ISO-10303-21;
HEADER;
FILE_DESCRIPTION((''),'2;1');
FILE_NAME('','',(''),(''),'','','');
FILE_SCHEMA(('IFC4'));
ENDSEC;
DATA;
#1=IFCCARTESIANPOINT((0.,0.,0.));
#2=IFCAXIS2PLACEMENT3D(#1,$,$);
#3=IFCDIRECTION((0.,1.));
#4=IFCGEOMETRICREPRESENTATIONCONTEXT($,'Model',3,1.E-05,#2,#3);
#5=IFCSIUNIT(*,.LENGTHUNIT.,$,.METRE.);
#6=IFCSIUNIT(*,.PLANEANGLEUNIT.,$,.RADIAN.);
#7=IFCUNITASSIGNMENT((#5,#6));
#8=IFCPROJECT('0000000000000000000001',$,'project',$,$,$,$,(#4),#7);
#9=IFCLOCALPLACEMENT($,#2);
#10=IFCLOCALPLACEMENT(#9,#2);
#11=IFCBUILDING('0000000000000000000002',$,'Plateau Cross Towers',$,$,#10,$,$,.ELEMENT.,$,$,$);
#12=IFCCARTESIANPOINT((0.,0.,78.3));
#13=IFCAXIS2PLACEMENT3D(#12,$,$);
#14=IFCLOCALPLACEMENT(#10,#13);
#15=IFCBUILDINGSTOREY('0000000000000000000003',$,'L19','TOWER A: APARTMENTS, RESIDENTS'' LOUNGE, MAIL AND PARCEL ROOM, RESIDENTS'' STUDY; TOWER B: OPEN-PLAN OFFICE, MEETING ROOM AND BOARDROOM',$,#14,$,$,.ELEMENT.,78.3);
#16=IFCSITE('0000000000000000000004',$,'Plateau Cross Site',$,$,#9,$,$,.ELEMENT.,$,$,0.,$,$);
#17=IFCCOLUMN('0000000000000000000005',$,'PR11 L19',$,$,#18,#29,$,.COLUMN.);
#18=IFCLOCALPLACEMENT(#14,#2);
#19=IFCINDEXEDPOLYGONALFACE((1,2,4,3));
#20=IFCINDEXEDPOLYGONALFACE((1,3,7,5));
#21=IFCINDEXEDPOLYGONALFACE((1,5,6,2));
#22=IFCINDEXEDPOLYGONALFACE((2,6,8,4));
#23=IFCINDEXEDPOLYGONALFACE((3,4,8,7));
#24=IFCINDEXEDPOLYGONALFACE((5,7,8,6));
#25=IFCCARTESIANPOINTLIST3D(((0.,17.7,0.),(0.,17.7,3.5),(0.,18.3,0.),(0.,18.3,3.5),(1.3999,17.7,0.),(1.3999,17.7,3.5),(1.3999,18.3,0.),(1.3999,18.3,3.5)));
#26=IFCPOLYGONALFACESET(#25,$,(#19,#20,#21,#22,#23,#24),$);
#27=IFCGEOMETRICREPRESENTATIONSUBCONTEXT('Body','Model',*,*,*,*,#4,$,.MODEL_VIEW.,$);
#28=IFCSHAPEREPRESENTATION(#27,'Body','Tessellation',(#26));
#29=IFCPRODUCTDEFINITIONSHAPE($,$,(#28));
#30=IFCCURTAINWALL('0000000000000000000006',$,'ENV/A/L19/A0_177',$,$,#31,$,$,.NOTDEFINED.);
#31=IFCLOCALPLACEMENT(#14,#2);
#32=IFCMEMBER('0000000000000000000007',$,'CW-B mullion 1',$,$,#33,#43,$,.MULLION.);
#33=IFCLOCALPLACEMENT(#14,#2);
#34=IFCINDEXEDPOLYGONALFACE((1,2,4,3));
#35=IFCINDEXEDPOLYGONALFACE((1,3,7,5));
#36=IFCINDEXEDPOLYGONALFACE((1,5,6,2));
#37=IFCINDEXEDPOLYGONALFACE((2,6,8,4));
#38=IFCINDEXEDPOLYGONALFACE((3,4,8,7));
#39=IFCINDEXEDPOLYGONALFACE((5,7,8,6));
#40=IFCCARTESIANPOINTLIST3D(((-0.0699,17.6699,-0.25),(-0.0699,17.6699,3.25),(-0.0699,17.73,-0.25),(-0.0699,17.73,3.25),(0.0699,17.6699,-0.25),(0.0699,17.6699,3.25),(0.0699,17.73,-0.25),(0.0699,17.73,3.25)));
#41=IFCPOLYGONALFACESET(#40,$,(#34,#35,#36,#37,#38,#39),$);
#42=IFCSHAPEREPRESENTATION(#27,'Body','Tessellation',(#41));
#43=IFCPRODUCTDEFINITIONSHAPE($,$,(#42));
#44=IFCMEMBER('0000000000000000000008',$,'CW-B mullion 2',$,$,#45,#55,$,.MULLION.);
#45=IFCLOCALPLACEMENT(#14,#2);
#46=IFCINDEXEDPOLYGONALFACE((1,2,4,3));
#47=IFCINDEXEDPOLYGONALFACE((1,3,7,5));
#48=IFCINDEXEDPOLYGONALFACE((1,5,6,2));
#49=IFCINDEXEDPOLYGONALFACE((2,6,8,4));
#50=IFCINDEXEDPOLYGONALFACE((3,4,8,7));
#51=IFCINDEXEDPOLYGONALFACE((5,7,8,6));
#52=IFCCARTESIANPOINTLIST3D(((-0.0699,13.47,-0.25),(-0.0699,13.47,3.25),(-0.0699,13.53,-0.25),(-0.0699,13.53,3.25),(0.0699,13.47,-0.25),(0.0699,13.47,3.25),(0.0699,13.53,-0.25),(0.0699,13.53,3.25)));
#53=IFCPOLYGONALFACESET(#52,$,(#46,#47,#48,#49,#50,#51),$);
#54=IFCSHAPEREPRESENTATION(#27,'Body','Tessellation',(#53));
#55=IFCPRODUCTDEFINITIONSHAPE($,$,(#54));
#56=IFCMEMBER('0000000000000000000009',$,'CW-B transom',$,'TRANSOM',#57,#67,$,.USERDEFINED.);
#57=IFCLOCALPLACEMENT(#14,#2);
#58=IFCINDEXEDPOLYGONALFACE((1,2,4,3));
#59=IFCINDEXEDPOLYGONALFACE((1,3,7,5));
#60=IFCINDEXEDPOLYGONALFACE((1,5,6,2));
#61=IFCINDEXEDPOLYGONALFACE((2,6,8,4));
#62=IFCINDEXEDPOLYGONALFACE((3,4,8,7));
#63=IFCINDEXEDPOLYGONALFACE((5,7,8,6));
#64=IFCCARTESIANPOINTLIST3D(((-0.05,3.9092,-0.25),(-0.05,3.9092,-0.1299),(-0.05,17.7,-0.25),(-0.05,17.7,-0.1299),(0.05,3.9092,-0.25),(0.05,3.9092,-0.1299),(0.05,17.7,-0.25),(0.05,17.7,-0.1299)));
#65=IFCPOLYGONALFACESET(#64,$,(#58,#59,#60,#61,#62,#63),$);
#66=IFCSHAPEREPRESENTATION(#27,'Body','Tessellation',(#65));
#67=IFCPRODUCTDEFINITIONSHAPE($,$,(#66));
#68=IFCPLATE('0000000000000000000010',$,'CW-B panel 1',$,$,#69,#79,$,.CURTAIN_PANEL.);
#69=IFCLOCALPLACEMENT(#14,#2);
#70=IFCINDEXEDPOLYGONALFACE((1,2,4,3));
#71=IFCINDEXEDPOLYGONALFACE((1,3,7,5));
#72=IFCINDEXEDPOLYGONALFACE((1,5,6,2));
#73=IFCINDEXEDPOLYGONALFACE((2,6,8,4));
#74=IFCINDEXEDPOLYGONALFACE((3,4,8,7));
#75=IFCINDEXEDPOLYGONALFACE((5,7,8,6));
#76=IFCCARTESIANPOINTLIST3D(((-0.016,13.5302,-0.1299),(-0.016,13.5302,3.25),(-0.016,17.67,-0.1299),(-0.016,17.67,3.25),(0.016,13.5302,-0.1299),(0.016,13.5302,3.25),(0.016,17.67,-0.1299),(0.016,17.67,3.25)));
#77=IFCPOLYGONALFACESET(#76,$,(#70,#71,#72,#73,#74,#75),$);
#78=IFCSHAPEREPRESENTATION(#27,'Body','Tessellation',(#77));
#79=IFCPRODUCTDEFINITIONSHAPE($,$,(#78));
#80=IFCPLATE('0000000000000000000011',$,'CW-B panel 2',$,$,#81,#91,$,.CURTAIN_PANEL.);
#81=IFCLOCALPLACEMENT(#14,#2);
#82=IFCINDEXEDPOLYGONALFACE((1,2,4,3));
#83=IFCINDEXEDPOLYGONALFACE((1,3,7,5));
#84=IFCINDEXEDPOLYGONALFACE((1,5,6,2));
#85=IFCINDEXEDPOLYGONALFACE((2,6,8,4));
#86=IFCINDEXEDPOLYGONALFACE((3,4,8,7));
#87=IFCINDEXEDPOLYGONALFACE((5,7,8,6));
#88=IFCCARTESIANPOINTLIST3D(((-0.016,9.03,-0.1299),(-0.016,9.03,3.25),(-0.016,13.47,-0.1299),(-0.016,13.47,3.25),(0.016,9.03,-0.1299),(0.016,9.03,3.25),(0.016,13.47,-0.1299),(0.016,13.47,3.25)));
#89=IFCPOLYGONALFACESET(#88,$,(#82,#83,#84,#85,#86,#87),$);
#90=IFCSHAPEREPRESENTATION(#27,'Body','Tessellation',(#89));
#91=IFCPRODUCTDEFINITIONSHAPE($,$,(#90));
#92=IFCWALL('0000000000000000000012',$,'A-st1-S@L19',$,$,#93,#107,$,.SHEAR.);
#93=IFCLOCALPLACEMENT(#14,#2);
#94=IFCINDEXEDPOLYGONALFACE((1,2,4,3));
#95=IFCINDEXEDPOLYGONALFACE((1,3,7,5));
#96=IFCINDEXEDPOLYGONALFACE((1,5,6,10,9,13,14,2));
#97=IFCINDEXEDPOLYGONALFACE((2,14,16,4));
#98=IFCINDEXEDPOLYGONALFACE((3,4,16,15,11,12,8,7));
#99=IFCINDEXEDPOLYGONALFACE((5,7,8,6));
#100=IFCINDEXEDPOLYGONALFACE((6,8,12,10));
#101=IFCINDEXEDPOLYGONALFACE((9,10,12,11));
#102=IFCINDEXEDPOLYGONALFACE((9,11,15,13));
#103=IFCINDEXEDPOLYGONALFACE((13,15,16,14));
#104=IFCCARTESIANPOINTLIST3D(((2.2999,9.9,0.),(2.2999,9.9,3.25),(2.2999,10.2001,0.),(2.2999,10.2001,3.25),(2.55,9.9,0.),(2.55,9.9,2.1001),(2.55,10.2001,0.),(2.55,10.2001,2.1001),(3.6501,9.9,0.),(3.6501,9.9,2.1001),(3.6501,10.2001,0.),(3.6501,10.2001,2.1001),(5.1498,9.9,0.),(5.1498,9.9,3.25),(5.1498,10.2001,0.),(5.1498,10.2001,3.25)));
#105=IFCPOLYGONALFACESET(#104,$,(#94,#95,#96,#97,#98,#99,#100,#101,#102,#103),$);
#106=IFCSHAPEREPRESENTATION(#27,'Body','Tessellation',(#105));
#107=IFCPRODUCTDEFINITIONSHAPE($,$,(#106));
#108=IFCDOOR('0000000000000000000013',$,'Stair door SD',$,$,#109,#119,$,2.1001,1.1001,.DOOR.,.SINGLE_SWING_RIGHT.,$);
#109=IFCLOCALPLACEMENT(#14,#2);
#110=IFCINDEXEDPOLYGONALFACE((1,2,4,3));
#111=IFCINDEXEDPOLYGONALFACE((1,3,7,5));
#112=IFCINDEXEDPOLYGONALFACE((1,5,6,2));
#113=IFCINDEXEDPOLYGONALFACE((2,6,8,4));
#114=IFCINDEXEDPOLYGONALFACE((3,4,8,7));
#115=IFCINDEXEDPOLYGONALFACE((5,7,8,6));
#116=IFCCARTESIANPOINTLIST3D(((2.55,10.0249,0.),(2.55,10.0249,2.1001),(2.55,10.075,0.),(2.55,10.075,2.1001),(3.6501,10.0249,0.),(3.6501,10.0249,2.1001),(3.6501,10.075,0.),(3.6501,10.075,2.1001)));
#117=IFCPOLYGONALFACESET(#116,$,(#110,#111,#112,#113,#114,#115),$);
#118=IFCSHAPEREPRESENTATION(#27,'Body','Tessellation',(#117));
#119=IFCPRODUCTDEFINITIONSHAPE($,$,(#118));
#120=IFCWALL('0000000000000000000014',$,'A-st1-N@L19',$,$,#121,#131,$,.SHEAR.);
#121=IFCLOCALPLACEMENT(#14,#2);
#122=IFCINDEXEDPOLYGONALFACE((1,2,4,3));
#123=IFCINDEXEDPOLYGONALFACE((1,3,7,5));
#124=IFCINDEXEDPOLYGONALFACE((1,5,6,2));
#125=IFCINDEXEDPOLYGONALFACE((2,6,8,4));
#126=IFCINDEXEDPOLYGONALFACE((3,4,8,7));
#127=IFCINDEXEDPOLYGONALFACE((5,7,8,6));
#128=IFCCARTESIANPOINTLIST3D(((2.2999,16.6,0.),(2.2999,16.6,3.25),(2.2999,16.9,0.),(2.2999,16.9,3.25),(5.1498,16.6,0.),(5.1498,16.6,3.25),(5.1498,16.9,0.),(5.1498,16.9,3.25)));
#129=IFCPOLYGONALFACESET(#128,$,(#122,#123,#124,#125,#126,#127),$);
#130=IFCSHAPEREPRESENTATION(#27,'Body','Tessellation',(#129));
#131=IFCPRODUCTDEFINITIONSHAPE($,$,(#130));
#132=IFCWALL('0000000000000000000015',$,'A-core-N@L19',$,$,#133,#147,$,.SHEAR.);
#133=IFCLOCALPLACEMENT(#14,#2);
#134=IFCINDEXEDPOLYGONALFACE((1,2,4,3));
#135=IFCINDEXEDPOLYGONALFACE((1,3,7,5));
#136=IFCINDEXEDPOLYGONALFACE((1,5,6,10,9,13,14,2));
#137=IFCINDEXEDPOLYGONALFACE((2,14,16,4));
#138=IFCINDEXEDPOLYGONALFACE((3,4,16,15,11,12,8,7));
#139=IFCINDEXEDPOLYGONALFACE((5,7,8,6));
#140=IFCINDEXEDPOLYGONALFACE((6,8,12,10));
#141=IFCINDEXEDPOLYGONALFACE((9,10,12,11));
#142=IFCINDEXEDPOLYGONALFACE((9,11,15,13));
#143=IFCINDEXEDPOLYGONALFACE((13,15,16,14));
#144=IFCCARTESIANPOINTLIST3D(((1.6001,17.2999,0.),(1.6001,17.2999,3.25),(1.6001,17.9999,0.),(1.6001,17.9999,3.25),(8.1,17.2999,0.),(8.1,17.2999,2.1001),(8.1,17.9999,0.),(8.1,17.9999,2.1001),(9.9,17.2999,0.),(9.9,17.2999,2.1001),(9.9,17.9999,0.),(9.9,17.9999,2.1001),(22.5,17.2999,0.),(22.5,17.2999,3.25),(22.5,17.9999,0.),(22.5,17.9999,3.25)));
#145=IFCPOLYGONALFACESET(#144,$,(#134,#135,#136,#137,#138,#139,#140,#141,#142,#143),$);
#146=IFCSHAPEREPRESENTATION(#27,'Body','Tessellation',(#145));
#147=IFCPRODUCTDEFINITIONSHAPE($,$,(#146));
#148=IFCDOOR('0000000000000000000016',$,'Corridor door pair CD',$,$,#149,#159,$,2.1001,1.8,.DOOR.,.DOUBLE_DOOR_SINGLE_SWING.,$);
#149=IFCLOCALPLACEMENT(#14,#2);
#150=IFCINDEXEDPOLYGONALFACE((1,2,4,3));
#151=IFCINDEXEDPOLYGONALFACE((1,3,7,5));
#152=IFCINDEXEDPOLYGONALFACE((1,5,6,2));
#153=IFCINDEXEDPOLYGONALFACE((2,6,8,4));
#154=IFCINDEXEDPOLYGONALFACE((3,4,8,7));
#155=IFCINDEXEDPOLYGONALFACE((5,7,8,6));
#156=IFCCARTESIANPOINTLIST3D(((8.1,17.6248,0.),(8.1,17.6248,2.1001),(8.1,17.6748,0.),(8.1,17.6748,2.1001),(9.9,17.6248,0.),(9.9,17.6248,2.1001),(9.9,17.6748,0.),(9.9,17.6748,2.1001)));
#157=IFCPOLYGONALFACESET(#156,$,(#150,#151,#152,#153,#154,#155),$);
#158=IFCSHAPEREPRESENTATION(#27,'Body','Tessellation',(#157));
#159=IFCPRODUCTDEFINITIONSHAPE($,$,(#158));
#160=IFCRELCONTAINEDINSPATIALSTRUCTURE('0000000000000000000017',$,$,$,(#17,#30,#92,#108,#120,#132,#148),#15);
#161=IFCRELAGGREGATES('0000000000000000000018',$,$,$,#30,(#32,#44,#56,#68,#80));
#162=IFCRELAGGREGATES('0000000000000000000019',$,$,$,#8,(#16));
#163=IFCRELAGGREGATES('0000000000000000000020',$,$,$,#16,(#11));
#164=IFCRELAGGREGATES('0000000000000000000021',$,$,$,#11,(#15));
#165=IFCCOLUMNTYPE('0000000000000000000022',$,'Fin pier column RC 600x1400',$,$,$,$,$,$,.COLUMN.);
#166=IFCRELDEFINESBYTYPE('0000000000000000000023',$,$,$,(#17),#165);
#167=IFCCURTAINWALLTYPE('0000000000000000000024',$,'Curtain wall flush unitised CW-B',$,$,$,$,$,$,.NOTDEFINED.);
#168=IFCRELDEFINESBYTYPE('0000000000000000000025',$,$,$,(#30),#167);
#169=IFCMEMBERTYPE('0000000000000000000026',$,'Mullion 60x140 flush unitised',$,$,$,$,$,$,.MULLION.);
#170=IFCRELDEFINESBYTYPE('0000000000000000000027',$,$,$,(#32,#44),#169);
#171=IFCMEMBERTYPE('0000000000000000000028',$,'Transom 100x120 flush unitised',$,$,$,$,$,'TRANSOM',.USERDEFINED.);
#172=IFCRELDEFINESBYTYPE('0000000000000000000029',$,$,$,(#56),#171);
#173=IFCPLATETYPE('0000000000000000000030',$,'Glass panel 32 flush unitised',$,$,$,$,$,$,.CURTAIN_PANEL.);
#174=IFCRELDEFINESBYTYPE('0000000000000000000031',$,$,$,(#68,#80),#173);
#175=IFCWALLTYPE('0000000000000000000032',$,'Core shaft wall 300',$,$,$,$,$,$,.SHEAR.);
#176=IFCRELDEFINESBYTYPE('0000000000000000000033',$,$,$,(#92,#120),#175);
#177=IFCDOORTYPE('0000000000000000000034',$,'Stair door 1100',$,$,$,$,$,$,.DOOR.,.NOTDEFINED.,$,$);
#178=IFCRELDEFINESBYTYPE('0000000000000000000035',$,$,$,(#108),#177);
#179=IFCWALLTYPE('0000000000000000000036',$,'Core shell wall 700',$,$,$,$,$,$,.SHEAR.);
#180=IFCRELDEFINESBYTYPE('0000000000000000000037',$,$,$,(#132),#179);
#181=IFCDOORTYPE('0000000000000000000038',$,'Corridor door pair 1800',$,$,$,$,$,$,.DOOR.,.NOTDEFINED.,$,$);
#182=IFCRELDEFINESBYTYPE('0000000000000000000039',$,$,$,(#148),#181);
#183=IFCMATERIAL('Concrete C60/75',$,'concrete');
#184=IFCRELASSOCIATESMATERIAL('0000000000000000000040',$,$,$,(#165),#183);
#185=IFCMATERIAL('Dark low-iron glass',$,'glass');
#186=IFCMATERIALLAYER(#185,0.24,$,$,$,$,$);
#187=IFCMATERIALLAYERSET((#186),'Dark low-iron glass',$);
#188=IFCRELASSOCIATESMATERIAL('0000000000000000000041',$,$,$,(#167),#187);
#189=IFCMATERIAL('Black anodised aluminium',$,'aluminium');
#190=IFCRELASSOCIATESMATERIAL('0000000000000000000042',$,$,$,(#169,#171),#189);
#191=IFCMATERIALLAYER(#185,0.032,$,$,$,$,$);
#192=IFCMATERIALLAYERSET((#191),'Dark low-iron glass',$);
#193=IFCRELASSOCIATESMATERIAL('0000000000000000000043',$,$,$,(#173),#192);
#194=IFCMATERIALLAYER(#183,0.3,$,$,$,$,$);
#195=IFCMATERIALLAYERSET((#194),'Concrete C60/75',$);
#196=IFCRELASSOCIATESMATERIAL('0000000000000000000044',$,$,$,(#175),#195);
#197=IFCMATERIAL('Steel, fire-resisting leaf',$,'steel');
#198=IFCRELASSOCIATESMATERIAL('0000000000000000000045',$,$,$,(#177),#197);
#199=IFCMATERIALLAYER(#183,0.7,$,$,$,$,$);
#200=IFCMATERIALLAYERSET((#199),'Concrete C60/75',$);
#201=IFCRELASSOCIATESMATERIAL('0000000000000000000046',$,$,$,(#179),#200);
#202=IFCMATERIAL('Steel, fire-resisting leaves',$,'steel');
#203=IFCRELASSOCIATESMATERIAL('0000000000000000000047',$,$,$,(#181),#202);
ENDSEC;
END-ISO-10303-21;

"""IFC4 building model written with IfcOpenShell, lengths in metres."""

from ifc_helpers import new_model, si_unit, direction, frame, frame_2d, origin, origin_2d, place, context, subcontext, project, spatial, rectangle, extrude, material, layer, layer_set, material_profile, profile_set, type_object, element, fill, aggregate, save


model = new_model("IFC4")

# Units and contexts
model_context = context("Model", 3, precision=1e-05, world=origin(), true_north=direction((0.0, 1.0)))
body_context = subcontext(model_context, "Body", "Model", "MODEL_VIEW")
ifc_project = project(units=[si_unit("LENGTHUNIT", "METRE"), si_unit("PLANEANGLEUNIT", "RADIAN")], contexts=[model_context])

# Site, building, storey
site_placement = place(None, origin())
site = spatial("IfcSite", under=ifc_project, at=site_placement, Name="Plateau Cross Site", CompositionType="ELEMENT", RefElevation=0.0)
building_placement = place(site_placement, origin())
building = spatial("IfcBuilding", under=site, at=building_placement, Name="Plateau Cross Towers", CompositionType="ELEMENT")
storey_placement = place(building_placement, frame((0.0, 0.0, 78.3)))
storey = spatial("IfcBuildingStorey", under=building, at=storey_placement, Name="L19", Description="TOWER A: APARTMENTS, RESIDENTS' LOUNGE, MAIL AND PARCEL ROOM, RESIDENTS' STUDY; TOWER B: OPEN-PLAN OFFICE, MEETING ROOM AND BOARDROOM", CompositionType="ELEMENT", Elevation=78.3)

# Column
ifc_material_1 = material(Name="Concrete C60/75", Category="concrete")
ifc_material_profile_1 = material_profile(ifc_material_1, rectangle(XDim=0.6001, YDim=1.3999, at=origin_2d()), Name="RC 600x1400")
ifc_profile_set_1 = profile_set([ifc_material_profile_1], Name="Concrete C60/75")
column_type = type_object("IfcColumnType", Name="Fin pier column RC 600x1400", PredefinedType="COLUMN", material=ifc_profile_set_1)
column_placement = place(storey_placement, frame((0.7, 18.0, 0.0), z_axis=(0.0, 0.0, 1.0), x_axis=(0.0, 1.0, 0.0)))
element("IfcColumn", 1, at=column_placement, inside=storey, type_object=column_type, Name="PR11 L19", PredefinedType="COLUMN", context=body_context, shape_type="SweptSolid", body=[
    extrude(rectangle(XDim=0.6001, YDim=1.3999, at=origin_2d()), origin(), (0.0, 0.0, 1.0), 3.5),
])

# Curtain wall, members, plates
ifc_material_2 = material(Name="Dark low-iron glass", Category="glass")
ifc_layer_1 = layer(ifc_material_2, 0.24)
ifc_layer_set_1 = layer_set([ifc_layer_1], Name="Dark low-iron glass")
curtain_wall_type = type_object("IfcCurtainWallType", Name="Curtain wall flush unitised CW-B", PredefinedType="NOTDEFINED", material=ifc_layer_set_1)
curtain_wall_placement = place(storey_placement, origin())
curtain_wall = element("IfcCurtainWall", 2, at=curtain_wall_placement, inside=storey, type_object=curtain_wall_type, Name="ENV/A/L19/A0_177", PredefinedType="NOTDEFINED")
ifc_material_3 = material(Name="Black anodised aluminium", Category="aluminium")
ifc_material_profile_2 = material_profile(ifc_material_3, rectangle(XDim=0.0601, YDim=0.1399, at=origin_2d()), Name="MULLION 60x140")
ifc_profile_set_2 = profile_set([ifc_material_profile_2], Name="Black anodised aluminium")
member_type_1 = type_object("IfcMemberType", Name="Mullion 60x140 flush unitised", PredefinedType="MULLION", material=ifc_profile_set_2)
member_1_placement = place(storey_placement, frame((0.0, 17.7, -0.25), z_axis=(0.0, 0.0, 1.0), x_axis=(0.0, -1.0, 0.0)))
member_1 = element("IfcMember", 3, at=member_1_placement, type_object=member_type_1, Name="CW-B mullion 1", PredefinedType="MULLION", context=body_context, shape_type="SweptSolid", body=[
    extrude(rectangle(XDim=0.0601, YDim=0.1399, at=origin_2d()), origin(), (0.0, 0.0, 1.0), 3.5),
])
member_2_placement = place(storey_placement, frame((0.0, 13.5, -0.25), z_axis=(0.0, 0.0, 1.0), x_axis=(0.0, -1.0, 0.0)))
member_2 = element("IfcMember", 4, at=member_2_placement, type_object=member_type_1, Name="CW-B mullion 2", PredefinedType="MULLION", context=body_context, shape_type="SweptSolid", body=[
    extrude(rectangle(XDim=0.0601, YDim=0.1399, at=origin_2d()), origin(), (0.0, 0.0, 1.0), 3.5),
])
ifc_material_profile_3 = material_profile(ifc_material_3, rectangle(XDim=0.1001, YDim=0.1201, at=origin_2d()), Name="TRANSOM 100x120")
ifc_profile_set_3 = profile_set([ifc_material_profile_3], Name="Black anodised aluminium")
member_type_2 = type_object("IfcMemberType", Name="Transom 100x120 flush unitised", ElementType="TRANSOM", PredefinedType="USERDEFINED", material=ifc_profile_set_3)
member_3_placement = place(storey_placement, frame((0.0, 17.7, -0.1899), z_axis=(0.0, -1.0, 0.0), x_axis=(1.0, 0.0, 0.0)))
member_3 = element("IfcMember", 5, at=member_3_placement, type_object=member_type_2, Name="CW-B transom", ObjectType="TRANSOM", PredefinedType="USERDEFINED", context=body_context, shape_type="SweptSolid", body=[
    extrude(rectangle(XDim=0.1001, YDim=0.1201, at=origin_2d()), origin(), (0.0, 0.0, 1.0), 13.7908),
])
ifc_layer_2 = layer(ifc_material_2, 0.032)
ifc_layer_set_2 = layer_set([ifc_layer_2], Name="Dark low-iron glass")
plate_type = type_object("IfcPlateType", Name="Glass panel 32 flush unitised", PredefinedType="CURTAIN_PANEL", material=ifc_layer_set_2)
plate_1_placement = place(storey_placement, frame((0.0, 15.6001, -0.1299), z_axis=(0.0, 0.0, 1.0), x_axis=(0.0, -1.0, 0.0)))
plate_1 = element("IfcPlate", 6, at=plate_1_placement, type_object=plate_type, Name="CW-B panel 1", PredefinedType="CURTAIN_PANEL", context=body_context, shape_type="SweptSolid", body=[
    extrude(rectangle(XDim=4.1399, YDim=0.032, at=origin_2d()), origin(), (0.0, 0.0, 1.0), 3.3799),
])
plate_2_placement = place(storey_placement, frame((0.0, 11.25, -0.1299), z_axis=(0.0, 0.0, 1.0), x_axis=(0.0, -1.0, 0.0)))
plate_2 = element("IfcPlate", 7, at=plate_2_placement, type_object=plate_type, Name="CW-B panel 2", PredefinedType="CURTAIN_PANEL", context=body_context, shape_type="SweptSolid", body=[
    extrude(rectangle(XDim=4.4399, YDim=0.032, at=origin_2d()), origin(), (0.0, 0.0, 1.0), 3.3799),
])
aggregate(curtain_wall, [member_1, member_2, member_3, plate_1, plate_2])

# Wall, opening, door
ifc_layer_3 = layer(ifc_material_1, 0.3)
ifc_layer_set_3 = layer_set([ifc_layer_3], Name="Concrete C60/75")
wall_type_1 = type_object("IfcWallType", Name="Core shaft wall 300", PredefinedType="SHEAR", material=ifc_layer_set_3)
wall_1_placement = place(storey_placement, frame((2.3, 10.05, 0.0), z_axis=(0.0, 0.0, 1.0), x_axis=(1.0, 0.0, 0.0)))
wall_1 = element("IfcWall", 8, at=wall_1_placement, inside=storey, type_object=wall_type_1, Name="A-st1-S@L19", PredefinedType="SHEAR", context=body_context, shape_type="SweptSolid", body=[
    extrude(rectangle(XDim=2.8499, YDim=0.3, at=frame_2d((1.4248, 0.0))), origin(), (0.0, 0.0, 1.0), 3.25),
])
opening_1_placement = place(wall_1_placement, frame((0.25, 0.0, 0.0)))
opening_1 = element("IfcOpeningElement", 9, at=opening_1_placement, cuts=wall_1, PredefinedType="OPENING", context=body_context, shape_type="SweptSolid", body=[
    extrude(rectangle(XDim=1.1001, YDim=2.1001, at=frame_2d((0.55, 1.05))), frame((0.0, 0.1599, 0.0), z_axis=(0.0, -1.0, 0.0), x_axis=(1.0, 0.0, 0.0)), (0.0, 0.0, 1.0), 0.3201),
])
ifc_material_4 = material(Name="Steel, fire-resisting leaf", Category="steel")
door_type_1 = type_object("IfcDoorType", Name="Stair door 1100", OperationType="NOTDEFINED", PredefinedType="DOOR", material=ifc_material_4)
door_1_placement = place(opening_1_placement, origin())
door_1 = element("IfcDoor", 10, at=door_1_placement, inside=storey, type_object=door_type_1, Name="Stair door SD", OperationType="SINGLE_SWING_RIGHT", OverallHeight=2.1001, OverallWidth=1.1001, PredefinedType="DOOR", context=body_context, shape_type="SweptSolid", body=[
    extrude(rectangle(XDim=1.1001, YDim=2.1001, at=frame_2d((0.55, 1.05))), frame((0.0, 0.0249, 0.0), z_axis=(0.0, -1.0, 0.0), x_axis=(1.0, 0.0, 0.0)), (0.0, 0.0, 1.0), 0.05),
])
fill(opening_1, door_1)

# Wall
wall_2_placement = place(storey_placement, frame((2.3, 16.75, 0.0), z_axis=(0.0, 0.0, 1.0), x_axis=(1.0, 0.0, 0.0)))
element("IfcWall", 11, at=wall_2_placement, inside=storey, type_object=wall_type_1, Name="A-st1-N@L19", PredefinedType="SHEAR", context=body_context, shape_type="SweptSolid", body=[
    extrude(rectangle(XDim=2.8499, YDim=0.3, at=frame_2d((1.4248, 0.0))), origin(), (0.0, 0.0, 1.0), 3.25),
])

# Wall, opening, door
ifc_layer_4 = layer(ifc_material_1, 0.7)
ifc_layer_set_4 = layer_set([ifc_layer_4], Name="Concrete C60/75")
wall_type_2 = type_object("IfcWallType", Name="Core shell wall 700", PredefinedType="SHEAR", material=ifc_layer_set_4)
wall_3_placement = place(storey_placement, frame((1.6001, 17.6499, 0.0), z_axis=(0.0, 0.0, 1.0), x_axis=(1.0, 0.0, 0.0)))
wall_3 = element("IfcWall", 12, at=wall_3_placement, inside=storey, type_object=wall_type_2, Name="A-core-N@L19", PredefinedType="SHEAR", context=body_context, shape_type="SweptSolid", body=[
    extrude(rectangle(XDim=20.8999, YDim=0.7, at=frame_2d((10.45, 0.0))), origin(), (0.0, 0.0, 1.0), 3.25),
])
opening_2_placement = place(wall_3_placement, frame((6.5, 0.0, 0.0)))
opening_2 = element("IfcOpeningElement", 13, at=opening_2_placement, cuts=wall_3, PredefinedType="OPENING", context=body_context, shape_type="SweptSolid", body=[
    extrude(rectangle(XDim=1.8, YDim=2.1001, at=frame_2d((0.8999, 1.05))), frame((0.0, 0.3599, 0.0), z_axis=(0.0, -1.0, 0.0), x_axis=(1.0, 0.0, 0.0)), (0.0, 0.0, 1.0), 0.72),
])
ifc_material_5 = material(Name="Steel, fire-resisting leaves", Category="steel")
door_type_2 = type_object("IfcDoorType", Name="Corridor door pair 1800", OperationType="NOTDEFINED", PredefinedType="DOOR", material=ifc_material_5)
door_2_placement = place(opening_2_placement, origin())
door_2 = element("IfcDoor", 14, at=door_2_placement, inside=storey, type_object=door_type_2, Name="Corridor door pair CD", OperationType="DOUBLE_DOOR_SINGLE_SWING", OverallHeight=2.1001, OverallWidth=1.8, PredefinedType="DOOR", context=body_context, shape_type="SweptSolid", body=[
    extrude(rectangle(XDim=1.8, YDim=2.1001, at=frame_2d((0.8999, 1.05))), frame((0.0, 0.0249, 0.0), z_axis=(0.0, -1.0, 0.0), x_axis=(1.0, 0.0, 0.0)), (0.0, 0.0, 1.0), 0.05),
])
fill(opening_2, door_2)

save(model, "model.ifc")
